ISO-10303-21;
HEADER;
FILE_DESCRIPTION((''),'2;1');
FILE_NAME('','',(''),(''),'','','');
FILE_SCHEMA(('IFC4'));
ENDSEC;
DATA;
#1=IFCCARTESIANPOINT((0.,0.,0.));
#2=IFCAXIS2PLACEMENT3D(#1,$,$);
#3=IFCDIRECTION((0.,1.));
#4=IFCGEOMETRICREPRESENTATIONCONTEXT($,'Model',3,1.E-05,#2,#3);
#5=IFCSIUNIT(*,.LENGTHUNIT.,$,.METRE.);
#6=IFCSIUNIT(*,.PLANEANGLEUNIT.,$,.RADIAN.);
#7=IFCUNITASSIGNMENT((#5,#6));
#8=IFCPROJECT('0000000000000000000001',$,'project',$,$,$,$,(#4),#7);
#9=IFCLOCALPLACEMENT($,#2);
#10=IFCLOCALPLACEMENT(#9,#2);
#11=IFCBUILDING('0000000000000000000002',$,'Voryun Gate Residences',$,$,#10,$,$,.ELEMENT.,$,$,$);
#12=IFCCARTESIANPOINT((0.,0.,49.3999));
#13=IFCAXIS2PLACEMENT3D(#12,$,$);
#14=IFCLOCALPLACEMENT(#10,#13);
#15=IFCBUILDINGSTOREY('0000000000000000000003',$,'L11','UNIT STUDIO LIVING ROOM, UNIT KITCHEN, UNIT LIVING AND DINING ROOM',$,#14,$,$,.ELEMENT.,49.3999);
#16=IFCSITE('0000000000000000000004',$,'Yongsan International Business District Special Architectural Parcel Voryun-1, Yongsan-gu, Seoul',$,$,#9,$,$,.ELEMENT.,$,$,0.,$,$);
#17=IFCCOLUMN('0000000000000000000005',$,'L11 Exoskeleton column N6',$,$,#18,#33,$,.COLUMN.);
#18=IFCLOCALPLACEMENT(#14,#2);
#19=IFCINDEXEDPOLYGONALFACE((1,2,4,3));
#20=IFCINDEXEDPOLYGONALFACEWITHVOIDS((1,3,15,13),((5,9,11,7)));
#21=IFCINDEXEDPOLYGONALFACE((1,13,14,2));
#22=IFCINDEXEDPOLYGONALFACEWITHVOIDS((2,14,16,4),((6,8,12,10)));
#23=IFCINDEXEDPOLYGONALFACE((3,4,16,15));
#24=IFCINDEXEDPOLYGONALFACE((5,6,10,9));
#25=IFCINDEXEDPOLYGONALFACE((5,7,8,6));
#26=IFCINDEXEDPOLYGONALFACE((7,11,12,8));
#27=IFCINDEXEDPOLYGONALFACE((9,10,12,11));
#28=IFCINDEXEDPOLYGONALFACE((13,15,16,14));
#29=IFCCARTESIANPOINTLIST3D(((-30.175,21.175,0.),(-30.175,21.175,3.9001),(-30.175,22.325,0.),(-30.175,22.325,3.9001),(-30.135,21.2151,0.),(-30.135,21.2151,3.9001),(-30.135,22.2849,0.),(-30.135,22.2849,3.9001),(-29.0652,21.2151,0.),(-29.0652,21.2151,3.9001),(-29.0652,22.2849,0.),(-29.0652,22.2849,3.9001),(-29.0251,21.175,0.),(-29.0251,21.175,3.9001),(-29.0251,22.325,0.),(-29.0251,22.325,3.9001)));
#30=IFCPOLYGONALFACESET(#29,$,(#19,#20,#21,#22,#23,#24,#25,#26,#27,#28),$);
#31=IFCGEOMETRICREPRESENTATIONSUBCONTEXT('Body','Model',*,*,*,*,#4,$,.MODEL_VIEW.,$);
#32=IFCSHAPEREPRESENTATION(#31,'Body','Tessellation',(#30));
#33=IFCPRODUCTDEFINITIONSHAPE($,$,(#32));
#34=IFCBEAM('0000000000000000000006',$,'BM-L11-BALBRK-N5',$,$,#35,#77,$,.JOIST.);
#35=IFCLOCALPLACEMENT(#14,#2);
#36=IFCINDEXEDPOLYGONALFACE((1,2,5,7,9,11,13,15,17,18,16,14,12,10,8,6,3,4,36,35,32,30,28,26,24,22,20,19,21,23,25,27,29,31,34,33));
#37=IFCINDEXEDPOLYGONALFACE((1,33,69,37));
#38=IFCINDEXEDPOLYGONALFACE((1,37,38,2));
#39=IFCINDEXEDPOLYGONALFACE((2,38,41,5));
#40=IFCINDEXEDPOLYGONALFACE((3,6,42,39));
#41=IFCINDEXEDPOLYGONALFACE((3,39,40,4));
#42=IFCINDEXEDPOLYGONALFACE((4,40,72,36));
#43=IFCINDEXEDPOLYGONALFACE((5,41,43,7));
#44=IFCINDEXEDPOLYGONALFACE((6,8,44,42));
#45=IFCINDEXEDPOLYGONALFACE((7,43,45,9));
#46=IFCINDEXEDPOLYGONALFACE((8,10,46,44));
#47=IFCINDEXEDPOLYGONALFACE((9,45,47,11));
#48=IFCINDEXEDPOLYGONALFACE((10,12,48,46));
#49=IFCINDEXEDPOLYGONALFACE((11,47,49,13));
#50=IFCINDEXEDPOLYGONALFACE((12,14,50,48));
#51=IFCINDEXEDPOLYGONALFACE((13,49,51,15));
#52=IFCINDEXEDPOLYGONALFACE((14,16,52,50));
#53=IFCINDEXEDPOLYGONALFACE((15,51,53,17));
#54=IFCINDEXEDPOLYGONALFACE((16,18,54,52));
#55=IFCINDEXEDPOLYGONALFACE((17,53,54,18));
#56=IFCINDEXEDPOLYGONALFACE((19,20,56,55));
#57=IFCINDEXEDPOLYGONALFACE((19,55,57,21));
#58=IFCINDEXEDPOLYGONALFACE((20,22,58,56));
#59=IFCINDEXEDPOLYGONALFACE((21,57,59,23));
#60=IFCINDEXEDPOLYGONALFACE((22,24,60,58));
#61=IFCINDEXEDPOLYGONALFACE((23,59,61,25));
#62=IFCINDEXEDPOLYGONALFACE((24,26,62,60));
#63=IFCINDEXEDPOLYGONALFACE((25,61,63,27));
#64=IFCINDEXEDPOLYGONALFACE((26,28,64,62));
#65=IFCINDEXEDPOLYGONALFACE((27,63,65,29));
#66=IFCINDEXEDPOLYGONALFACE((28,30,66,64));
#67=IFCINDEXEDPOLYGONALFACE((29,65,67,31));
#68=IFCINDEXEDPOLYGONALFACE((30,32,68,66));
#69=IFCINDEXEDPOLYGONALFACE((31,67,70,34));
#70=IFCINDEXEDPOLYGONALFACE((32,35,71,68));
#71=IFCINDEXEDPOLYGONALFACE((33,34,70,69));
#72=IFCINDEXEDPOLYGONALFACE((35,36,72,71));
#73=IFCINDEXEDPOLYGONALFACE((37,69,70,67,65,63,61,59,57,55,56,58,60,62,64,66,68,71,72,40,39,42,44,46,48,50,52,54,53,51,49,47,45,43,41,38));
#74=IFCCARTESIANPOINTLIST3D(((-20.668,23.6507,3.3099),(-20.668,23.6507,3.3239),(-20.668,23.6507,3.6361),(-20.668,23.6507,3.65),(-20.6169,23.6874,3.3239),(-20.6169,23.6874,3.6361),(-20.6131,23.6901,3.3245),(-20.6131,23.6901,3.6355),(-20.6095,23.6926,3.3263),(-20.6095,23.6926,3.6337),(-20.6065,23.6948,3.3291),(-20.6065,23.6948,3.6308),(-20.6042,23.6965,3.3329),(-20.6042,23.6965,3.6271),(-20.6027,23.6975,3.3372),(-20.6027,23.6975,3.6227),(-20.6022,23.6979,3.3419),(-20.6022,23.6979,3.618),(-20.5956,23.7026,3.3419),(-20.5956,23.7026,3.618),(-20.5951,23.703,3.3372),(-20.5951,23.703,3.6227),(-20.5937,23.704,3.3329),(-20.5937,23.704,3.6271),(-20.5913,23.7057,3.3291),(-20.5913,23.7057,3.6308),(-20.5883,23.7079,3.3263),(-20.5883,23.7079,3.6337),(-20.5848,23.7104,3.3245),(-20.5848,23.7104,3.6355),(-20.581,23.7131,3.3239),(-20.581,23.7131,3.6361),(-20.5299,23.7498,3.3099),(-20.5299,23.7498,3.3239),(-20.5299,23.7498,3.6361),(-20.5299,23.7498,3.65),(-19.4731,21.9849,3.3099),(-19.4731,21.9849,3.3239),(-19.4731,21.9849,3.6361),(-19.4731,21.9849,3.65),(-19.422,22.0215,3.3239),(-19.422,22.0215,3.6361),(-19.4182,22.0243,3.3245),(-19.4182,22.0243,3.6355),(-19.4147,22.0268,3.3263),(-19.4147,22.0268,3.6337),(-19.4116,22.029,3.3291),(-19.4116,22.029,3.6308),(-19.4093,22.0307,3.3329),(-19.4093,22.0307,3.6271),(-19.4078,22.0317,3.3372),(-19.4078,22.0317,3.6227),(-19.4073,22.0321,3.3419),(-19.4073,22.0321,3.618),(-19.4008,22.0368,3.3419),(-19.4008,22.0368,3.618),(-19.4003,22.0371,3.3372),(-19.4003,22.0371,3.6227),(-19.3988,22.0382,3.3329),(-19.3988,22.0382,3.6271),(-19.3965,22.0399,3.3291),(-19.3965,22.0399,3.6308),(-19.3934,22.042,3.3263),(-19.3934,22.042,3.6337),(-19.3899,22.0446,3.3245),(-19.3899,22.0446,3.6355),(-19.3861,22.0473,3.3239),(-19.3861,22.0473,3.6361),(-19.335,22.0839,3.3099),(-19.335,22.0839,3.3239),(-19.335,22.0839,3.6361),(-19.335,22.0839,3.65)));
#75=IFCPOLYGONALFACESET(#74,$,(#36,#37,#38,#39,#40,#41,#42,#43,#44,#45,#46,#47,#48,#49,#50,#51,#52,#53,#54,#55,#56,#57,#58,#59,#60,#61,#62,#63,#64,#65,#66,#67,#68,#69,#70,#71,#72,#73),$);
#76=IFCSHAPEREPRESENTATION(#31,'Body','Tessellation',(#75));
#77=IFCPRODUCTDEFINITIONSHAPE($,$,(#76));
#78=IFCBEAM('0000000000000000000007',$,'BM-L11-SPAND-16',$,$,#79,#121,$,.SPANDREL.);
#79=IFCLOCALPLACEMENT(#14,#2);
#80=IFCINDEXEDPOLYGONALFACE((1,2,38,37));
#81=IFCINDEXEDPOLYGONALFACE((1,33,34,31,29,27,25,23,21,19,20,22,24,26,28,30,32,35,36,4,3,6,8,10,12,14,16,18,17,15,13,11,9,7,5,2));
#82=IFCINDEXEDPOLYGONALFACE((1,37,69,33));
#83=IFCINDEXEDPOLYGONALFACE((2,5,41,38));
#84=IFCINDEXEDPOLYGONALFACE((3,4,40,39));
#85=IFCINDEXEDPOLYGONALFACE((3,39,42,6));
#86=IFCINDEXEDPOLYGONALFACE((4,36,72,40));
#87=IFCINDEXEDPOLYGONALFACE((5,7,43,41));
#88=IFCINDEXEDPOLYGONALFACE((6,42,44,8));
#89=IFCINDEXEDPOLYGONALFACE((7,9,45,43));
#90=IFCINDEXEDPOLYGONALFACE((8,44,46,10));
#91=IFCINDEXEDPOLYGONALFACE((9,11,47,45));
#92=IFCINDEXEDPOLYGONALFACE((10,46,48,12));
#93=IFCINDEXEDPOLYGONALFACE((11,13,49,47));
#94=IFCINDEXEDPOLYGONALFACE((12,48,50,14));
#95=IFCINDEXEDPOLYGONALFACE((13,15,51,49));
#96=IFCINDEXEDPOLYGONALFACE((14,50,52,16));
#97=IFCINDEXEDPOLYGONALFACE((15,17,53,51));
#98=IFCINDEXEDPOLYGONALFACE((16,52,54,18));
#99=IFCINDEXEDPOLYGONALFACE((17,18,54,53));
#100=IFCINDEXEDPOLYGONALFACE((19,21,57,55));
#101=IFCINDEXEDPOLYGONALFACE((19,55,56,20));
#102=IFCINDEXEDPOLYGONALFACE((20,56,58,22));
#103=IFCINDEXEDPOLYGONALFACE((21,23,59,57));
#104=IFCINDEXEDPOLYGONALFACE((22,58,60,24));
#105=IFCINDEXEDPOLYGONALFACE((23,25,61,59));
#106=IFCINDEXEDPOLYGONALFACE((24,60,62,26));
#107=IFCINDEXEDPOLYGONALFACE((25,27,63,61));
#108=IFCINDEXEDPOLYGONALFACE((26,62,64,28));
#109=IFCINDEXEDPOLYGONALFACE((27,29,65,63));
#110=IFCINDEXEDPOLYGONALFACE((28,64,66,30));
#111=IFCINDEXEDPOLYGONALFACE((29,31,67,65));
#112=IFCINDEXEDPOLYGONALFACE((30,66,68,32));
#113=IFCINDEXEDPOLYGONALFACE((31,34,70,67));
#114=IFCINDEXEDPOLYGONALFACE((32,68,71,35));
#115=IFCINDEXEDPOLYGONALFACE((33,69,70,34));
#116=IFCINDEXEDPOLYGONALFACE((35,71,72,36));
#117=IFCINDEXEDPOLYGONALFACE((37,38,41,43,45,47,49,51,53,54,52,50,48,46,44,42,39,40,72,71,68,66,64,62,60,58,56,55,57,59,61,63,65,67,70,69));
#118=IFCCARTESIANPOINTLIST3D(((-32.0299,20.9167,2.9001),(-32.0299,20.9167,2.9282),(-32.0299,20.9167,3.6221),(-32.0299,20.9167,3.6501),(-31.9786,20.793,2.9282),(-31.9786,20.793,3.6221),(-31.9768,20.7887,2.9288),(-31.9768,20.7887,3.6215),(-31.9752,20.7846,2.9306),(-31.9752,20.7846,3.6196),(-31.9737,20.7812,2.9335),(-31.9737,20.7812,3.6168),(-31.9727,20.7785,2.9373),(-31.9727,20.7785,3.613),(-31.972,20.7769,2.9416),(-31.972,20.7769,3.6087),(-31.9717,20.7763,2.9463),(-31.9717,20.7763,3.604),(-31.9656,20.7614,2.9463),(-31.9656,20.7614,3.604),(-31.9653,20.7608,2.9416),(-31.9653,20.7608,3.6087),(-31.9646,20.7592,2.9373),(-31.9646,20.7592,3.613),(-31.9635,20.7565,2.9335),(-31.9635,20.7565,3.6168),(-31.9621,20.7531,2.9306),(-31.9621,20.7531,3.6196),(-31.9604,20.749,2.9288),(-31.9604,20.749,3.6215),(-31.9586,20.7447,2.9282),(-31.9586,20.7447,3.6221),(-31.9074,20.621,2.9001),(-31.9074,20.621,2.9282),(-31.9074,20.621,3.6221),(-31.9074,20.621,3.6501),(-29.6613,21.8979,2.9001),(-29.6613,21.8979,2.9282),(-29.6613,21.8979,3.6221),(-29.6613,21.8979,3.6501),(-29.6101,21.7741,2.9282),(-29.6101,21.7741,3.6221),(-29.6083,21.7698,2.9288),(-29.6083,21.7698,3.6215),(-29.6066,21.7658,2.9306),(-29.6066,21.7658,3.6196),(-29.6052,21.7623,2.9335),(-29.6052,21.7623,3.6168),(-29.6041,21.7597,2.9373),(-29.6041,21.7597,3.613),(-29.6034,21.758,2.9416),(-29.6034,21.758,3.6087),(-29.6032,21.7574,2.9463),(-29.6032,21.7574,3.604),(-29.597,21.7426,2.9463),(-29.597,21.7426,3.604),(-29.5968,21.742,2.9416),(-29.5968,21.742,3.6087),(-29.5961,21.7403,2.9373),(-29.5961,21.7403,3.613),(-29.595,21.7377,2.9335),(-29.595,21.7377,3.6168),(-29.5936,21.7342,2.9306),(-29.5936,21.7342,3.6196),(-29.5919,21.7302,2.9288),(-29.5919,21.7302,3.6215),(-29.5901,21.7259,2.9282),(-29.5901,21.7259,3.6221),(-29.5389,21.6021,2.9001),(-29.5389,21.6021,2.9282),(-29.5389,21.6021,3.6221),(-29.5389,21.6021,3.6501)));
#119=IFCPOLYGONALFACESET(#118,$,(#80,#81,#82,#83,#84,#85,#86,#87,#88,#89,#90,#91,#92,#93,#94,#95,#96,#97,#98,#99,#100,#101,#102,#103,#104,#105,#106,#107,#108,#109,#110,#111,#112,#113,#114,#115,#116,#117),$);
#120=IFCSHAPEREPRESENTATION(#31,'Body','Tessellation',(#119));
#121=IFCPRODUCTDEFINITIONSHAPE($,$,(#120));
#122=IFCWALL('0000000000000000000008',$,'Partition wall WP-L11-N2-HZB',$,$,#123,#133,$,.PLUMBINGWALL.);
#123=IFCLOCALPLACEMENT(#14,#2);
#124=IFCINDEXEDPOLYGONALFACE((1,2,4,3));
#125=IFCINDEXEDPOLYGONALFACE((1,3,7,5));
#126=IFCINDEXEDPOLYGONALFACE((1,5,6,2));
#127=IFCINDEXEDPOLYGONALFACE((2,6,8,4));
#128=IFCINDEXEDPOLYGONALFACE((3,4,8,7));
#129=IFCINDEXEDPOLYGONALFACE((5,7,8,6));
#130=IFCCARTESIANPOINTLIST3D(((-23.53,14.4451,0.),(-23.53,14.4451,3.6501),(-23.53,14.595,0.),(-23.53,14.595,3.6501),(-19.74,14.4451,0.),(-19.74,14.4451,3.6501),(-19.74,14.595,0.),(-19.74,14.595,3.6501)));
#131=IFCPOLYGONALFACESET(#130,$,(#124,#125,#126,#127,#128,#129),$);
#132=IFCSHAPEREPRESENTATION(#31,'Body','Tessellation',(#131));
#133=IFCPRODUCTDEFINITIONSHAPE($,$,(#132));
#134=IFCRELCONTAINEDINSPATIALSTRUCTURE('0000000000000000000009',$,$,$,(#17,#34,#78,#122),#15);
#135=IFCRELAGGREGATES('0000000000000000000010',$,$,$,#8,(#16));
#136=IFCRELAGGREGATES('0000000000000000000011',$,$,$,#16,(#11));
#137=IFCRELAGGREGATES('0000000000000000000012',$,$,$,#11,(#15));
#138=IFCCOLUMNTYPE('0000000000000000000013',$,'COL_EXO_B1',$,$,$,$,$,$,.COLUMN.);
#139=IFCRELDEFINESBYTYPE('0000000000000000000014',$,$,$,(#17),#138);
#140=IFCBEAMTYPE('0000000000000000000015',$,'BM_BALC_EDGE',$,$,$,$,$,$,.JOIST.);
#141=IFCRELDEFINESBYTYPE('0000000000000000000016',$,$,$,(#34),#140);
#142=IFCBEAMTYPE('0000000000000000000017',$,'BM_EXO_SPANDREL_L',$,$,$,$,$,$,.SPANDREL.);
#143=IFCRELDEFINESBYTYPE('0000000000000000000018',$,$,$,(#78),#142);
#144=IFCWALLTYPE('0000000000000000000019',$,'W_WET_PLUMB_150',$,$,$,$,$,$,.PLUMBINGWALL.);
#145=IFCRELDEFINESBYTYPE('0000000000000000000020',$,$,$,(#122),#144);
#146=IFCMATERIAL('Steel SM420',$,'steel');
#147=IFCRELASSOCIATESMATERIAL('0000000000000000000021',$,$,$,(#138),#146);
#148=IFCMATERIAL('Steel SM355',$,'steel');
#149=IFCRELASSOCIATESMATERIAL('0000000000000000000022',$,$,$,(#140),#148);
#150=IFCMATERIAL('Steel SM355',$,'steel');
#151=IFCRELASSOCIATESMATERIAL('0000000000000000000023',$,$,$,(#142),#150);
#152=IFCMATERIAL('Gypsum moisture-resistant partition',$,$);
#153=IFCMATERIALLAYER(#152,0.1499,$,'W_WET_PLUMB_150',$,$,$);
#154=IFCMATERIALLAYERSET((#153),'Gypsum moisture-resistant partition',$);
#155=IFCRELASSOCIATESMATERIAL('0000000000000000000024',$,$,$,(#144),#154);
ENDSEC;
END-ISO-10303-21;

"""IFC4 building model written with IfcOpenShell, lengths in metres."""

from ifc_helpers import new_model, si_unit, direction, frame, frame_2d, origin, origin_2d, place, context, subcontext, project, spatial, rectangle, hollow_rectangle, i_section, extrude, material, layer, layer_set, material_profile, profile_set, type_object, element, save


model = new_model("IFC4")

# Units and contexts
model_context = context("Model", 3, precision=1e-05, world=origin(), true_north=direction((0.0, 1.0)))
body_context = subcontext(model_context, "Body", "Model", "MODEL_VIEW")
ifc_project = project(units=[si_unit("LENGTHUNIT", "METRE"), si_unit("PLANEANGLEUNIT", "RADIAN")], contexts=[model_context])

# Site, building, storey
site_placement = place(None, origin())
site = spatial("IfcSite", under=ifc_project, at=site_placement, Name="Yongsan International Business District Special Architectural Parcel Voryun-1, Yongsan-gu, Seoul", CompositionType="ELEMENT", RefElevation=0.0)
building_placement = place(site_placement, origin())
building = spatial("IfcBuilding", under=site, at=building_placement, Name="Voryun Gate Residences", CompositionType="ELEMENT")
storey_placement = place(building_placement, frame((0.0, 0.0, 49.3999)))
storey = spatial("IfcBuildingStorey", under=building, at=storey_placement, Name="L11", Description="UNIT STUDIO LIVING ROOM, UNIT KITCHEN, UNIT LIVING AND DINING ROOM", CompositionType="ELEMENT", Elevation=49.3999)

# Column
ifc_material_1 = material(Name="Steel SM420", Category="steel")
ifc_material_profile_1 = material_profile(ifc_material_1, hollow_rectangle(XDim=1.1499, YDim=1.1499, WallThickness=0.04, at=origin_2d()), Name="BOX-1150x1150x40")
ifc_profile_set_1 = profile_set([ifc_material_profile_1], Name="Steel SM420")
column_type = type_object("IfcColumnType", Name="COL_EXO_B1", PredefinedType="COLUMN", material=ifc_profile_set_1)
column_placement = place(storey_placement, frame((-29.6001, 21.75, 0.0), z_axis=(0.0, 0.0, 1.0), x_axis=(1.0, 0.0, 0.0)))
element("IfcColumn", 1, at=column_placement, inside=storey, type_object=column_type, Name="L11 Exoskeleton column N6", PredefinedType="COLUMN", context=body_context, shape_type="SweptSolid", body=[
    extrude(hollow_rectangle(XDim=1.1499, YDim=1.1499, WallThickness=0.04, at=origin_2d()), origin(), (0.0, 0.0, 1.0), 3.9001),
])

# Beams
ifc_material_2 = material(Name="Steel SM355", Category="steel")
ifc_material_profile_2 = material_profile(ifc_material_2, i_section(OverallWidth=0.1699, OverallDepth=0.3401, WebThickness=0.0081, FlangeThickness=0.0139, FilletRadius=0.0181, at=origin_2d()), Name="H-340x170x8x14")
ifc_profile_set_2 = profile_set([ifc_material_profile_2], Name="Steel SM355")
beam_type_1 = type_object("IfcBeamType", Name="BM_BALC_EDGE", PredefinedType="JOIST", material=ifc_profile_set_2)
beam_1_placement = place(storey_placement, frame((-19.4041, 22.0344, 3.48), z_axis=(-0.582848, 0.812581, 0.0), x_axis=(-0.812581, -0.582848, 0.0)))
element("IfcBeam", 2, at=beam_1_placement, inside=storey, type_object=beam_type_1, Name="BM-L11-BALBRK-N5", PredefinedType="JOIST", context=body_context, shape_type="SweptSolid", body=[
    extrude(i_section(OverallWidth=0.1699, OverallDepth=0.3401, WebThickness=0.0081, FlangeThickness=0.0139, FilletRadius=0.0181, at=origin_2d()), origin(), (0.0, 0.0, 1.0), 2.05),
])
ifc_material_3 = material(Name="Steel SM355", Category="steel")
ifc_material_profile_3 = material_profile(ifc_material_3, i_section(OverallWidth=0.3201, OverallDepth=0.75, WebThickness=0.0161, FlangeThickness=0.0281, FilletRadius=0.0181, at=origin_2d()), Name="H-750x320x16x28")
ifc_profile_set_3 = profile_set([ifc_material_profile_3], Name="Steel SM355")
beam_type_2 = type_object("IfcBeamType", Name="BM_EXO_SPANDREL_L", PredefinedType="SPANDREL", material=ifc_profile_set_3)
beam_2_placement = place(storey_placement, frame((-29.6001, 21.75, 3.2751), z_axis=(-0.923869, -0.382708, 0.0), x_axis=(0.382708, -0.923869, 0.0)))
element("IfcBeam", 3, at=beam_2_placement, inside=storey, type_object=beam_type_2, Name="BM-L11-SPAND-16", PredefinedType="SPANDREL", context=body_context, shape_type="SweptSolid", body=[
    extrude(i_section(OverallWidth=0.3201, OverallDepth=0.75, WebThickness=0.0161, FlangeThickness=0.0281, FilletRadius=0.0181, at=origin_2d()), origin(), (0.0, 0.0, 1.0), 2.5637),
])

# Wall
ifc_material_4 = material(Name="Gypsum moisture-resistant partition")
ifc_layer_1 = layer(ifc_material_4, 0.1499, Name="W_WET_PLUMB_150")
ifc_layer_set_1 = layer_set([ifc_layer_1], Name="Gypsum moisture-resistant partition")
wall_type_1 = type_object("IfcWallType", Name="W_WET_PLUMB_150", PredefinedType="PLUMBINGWALL", material=ifc_layer_set_1)
wall_1_placement = place(storey_placement, frame((-23.53, 14.52, 0.0), z_axis=(0.0, 0.0, 1.0), x_axis=(1.0, 0.0, 0.0)))
element("IfcWall", 4, at=wall_1_placement, inside=storey, type_object=wall_type_1, Name="Partition wall WP-L11-N2-HZB", PredefinedType="PLUMBINGWALL", context=body_context, shape_type="SweptSolid", body=[
    extrude(rectangle(XDim=3.79, YDim=0.1499, at=frame_2d((1.895, 0.0))), origin(), (0.0, 0.0, 1.0), 3.6501),
])

save(model, "model.ifc")
